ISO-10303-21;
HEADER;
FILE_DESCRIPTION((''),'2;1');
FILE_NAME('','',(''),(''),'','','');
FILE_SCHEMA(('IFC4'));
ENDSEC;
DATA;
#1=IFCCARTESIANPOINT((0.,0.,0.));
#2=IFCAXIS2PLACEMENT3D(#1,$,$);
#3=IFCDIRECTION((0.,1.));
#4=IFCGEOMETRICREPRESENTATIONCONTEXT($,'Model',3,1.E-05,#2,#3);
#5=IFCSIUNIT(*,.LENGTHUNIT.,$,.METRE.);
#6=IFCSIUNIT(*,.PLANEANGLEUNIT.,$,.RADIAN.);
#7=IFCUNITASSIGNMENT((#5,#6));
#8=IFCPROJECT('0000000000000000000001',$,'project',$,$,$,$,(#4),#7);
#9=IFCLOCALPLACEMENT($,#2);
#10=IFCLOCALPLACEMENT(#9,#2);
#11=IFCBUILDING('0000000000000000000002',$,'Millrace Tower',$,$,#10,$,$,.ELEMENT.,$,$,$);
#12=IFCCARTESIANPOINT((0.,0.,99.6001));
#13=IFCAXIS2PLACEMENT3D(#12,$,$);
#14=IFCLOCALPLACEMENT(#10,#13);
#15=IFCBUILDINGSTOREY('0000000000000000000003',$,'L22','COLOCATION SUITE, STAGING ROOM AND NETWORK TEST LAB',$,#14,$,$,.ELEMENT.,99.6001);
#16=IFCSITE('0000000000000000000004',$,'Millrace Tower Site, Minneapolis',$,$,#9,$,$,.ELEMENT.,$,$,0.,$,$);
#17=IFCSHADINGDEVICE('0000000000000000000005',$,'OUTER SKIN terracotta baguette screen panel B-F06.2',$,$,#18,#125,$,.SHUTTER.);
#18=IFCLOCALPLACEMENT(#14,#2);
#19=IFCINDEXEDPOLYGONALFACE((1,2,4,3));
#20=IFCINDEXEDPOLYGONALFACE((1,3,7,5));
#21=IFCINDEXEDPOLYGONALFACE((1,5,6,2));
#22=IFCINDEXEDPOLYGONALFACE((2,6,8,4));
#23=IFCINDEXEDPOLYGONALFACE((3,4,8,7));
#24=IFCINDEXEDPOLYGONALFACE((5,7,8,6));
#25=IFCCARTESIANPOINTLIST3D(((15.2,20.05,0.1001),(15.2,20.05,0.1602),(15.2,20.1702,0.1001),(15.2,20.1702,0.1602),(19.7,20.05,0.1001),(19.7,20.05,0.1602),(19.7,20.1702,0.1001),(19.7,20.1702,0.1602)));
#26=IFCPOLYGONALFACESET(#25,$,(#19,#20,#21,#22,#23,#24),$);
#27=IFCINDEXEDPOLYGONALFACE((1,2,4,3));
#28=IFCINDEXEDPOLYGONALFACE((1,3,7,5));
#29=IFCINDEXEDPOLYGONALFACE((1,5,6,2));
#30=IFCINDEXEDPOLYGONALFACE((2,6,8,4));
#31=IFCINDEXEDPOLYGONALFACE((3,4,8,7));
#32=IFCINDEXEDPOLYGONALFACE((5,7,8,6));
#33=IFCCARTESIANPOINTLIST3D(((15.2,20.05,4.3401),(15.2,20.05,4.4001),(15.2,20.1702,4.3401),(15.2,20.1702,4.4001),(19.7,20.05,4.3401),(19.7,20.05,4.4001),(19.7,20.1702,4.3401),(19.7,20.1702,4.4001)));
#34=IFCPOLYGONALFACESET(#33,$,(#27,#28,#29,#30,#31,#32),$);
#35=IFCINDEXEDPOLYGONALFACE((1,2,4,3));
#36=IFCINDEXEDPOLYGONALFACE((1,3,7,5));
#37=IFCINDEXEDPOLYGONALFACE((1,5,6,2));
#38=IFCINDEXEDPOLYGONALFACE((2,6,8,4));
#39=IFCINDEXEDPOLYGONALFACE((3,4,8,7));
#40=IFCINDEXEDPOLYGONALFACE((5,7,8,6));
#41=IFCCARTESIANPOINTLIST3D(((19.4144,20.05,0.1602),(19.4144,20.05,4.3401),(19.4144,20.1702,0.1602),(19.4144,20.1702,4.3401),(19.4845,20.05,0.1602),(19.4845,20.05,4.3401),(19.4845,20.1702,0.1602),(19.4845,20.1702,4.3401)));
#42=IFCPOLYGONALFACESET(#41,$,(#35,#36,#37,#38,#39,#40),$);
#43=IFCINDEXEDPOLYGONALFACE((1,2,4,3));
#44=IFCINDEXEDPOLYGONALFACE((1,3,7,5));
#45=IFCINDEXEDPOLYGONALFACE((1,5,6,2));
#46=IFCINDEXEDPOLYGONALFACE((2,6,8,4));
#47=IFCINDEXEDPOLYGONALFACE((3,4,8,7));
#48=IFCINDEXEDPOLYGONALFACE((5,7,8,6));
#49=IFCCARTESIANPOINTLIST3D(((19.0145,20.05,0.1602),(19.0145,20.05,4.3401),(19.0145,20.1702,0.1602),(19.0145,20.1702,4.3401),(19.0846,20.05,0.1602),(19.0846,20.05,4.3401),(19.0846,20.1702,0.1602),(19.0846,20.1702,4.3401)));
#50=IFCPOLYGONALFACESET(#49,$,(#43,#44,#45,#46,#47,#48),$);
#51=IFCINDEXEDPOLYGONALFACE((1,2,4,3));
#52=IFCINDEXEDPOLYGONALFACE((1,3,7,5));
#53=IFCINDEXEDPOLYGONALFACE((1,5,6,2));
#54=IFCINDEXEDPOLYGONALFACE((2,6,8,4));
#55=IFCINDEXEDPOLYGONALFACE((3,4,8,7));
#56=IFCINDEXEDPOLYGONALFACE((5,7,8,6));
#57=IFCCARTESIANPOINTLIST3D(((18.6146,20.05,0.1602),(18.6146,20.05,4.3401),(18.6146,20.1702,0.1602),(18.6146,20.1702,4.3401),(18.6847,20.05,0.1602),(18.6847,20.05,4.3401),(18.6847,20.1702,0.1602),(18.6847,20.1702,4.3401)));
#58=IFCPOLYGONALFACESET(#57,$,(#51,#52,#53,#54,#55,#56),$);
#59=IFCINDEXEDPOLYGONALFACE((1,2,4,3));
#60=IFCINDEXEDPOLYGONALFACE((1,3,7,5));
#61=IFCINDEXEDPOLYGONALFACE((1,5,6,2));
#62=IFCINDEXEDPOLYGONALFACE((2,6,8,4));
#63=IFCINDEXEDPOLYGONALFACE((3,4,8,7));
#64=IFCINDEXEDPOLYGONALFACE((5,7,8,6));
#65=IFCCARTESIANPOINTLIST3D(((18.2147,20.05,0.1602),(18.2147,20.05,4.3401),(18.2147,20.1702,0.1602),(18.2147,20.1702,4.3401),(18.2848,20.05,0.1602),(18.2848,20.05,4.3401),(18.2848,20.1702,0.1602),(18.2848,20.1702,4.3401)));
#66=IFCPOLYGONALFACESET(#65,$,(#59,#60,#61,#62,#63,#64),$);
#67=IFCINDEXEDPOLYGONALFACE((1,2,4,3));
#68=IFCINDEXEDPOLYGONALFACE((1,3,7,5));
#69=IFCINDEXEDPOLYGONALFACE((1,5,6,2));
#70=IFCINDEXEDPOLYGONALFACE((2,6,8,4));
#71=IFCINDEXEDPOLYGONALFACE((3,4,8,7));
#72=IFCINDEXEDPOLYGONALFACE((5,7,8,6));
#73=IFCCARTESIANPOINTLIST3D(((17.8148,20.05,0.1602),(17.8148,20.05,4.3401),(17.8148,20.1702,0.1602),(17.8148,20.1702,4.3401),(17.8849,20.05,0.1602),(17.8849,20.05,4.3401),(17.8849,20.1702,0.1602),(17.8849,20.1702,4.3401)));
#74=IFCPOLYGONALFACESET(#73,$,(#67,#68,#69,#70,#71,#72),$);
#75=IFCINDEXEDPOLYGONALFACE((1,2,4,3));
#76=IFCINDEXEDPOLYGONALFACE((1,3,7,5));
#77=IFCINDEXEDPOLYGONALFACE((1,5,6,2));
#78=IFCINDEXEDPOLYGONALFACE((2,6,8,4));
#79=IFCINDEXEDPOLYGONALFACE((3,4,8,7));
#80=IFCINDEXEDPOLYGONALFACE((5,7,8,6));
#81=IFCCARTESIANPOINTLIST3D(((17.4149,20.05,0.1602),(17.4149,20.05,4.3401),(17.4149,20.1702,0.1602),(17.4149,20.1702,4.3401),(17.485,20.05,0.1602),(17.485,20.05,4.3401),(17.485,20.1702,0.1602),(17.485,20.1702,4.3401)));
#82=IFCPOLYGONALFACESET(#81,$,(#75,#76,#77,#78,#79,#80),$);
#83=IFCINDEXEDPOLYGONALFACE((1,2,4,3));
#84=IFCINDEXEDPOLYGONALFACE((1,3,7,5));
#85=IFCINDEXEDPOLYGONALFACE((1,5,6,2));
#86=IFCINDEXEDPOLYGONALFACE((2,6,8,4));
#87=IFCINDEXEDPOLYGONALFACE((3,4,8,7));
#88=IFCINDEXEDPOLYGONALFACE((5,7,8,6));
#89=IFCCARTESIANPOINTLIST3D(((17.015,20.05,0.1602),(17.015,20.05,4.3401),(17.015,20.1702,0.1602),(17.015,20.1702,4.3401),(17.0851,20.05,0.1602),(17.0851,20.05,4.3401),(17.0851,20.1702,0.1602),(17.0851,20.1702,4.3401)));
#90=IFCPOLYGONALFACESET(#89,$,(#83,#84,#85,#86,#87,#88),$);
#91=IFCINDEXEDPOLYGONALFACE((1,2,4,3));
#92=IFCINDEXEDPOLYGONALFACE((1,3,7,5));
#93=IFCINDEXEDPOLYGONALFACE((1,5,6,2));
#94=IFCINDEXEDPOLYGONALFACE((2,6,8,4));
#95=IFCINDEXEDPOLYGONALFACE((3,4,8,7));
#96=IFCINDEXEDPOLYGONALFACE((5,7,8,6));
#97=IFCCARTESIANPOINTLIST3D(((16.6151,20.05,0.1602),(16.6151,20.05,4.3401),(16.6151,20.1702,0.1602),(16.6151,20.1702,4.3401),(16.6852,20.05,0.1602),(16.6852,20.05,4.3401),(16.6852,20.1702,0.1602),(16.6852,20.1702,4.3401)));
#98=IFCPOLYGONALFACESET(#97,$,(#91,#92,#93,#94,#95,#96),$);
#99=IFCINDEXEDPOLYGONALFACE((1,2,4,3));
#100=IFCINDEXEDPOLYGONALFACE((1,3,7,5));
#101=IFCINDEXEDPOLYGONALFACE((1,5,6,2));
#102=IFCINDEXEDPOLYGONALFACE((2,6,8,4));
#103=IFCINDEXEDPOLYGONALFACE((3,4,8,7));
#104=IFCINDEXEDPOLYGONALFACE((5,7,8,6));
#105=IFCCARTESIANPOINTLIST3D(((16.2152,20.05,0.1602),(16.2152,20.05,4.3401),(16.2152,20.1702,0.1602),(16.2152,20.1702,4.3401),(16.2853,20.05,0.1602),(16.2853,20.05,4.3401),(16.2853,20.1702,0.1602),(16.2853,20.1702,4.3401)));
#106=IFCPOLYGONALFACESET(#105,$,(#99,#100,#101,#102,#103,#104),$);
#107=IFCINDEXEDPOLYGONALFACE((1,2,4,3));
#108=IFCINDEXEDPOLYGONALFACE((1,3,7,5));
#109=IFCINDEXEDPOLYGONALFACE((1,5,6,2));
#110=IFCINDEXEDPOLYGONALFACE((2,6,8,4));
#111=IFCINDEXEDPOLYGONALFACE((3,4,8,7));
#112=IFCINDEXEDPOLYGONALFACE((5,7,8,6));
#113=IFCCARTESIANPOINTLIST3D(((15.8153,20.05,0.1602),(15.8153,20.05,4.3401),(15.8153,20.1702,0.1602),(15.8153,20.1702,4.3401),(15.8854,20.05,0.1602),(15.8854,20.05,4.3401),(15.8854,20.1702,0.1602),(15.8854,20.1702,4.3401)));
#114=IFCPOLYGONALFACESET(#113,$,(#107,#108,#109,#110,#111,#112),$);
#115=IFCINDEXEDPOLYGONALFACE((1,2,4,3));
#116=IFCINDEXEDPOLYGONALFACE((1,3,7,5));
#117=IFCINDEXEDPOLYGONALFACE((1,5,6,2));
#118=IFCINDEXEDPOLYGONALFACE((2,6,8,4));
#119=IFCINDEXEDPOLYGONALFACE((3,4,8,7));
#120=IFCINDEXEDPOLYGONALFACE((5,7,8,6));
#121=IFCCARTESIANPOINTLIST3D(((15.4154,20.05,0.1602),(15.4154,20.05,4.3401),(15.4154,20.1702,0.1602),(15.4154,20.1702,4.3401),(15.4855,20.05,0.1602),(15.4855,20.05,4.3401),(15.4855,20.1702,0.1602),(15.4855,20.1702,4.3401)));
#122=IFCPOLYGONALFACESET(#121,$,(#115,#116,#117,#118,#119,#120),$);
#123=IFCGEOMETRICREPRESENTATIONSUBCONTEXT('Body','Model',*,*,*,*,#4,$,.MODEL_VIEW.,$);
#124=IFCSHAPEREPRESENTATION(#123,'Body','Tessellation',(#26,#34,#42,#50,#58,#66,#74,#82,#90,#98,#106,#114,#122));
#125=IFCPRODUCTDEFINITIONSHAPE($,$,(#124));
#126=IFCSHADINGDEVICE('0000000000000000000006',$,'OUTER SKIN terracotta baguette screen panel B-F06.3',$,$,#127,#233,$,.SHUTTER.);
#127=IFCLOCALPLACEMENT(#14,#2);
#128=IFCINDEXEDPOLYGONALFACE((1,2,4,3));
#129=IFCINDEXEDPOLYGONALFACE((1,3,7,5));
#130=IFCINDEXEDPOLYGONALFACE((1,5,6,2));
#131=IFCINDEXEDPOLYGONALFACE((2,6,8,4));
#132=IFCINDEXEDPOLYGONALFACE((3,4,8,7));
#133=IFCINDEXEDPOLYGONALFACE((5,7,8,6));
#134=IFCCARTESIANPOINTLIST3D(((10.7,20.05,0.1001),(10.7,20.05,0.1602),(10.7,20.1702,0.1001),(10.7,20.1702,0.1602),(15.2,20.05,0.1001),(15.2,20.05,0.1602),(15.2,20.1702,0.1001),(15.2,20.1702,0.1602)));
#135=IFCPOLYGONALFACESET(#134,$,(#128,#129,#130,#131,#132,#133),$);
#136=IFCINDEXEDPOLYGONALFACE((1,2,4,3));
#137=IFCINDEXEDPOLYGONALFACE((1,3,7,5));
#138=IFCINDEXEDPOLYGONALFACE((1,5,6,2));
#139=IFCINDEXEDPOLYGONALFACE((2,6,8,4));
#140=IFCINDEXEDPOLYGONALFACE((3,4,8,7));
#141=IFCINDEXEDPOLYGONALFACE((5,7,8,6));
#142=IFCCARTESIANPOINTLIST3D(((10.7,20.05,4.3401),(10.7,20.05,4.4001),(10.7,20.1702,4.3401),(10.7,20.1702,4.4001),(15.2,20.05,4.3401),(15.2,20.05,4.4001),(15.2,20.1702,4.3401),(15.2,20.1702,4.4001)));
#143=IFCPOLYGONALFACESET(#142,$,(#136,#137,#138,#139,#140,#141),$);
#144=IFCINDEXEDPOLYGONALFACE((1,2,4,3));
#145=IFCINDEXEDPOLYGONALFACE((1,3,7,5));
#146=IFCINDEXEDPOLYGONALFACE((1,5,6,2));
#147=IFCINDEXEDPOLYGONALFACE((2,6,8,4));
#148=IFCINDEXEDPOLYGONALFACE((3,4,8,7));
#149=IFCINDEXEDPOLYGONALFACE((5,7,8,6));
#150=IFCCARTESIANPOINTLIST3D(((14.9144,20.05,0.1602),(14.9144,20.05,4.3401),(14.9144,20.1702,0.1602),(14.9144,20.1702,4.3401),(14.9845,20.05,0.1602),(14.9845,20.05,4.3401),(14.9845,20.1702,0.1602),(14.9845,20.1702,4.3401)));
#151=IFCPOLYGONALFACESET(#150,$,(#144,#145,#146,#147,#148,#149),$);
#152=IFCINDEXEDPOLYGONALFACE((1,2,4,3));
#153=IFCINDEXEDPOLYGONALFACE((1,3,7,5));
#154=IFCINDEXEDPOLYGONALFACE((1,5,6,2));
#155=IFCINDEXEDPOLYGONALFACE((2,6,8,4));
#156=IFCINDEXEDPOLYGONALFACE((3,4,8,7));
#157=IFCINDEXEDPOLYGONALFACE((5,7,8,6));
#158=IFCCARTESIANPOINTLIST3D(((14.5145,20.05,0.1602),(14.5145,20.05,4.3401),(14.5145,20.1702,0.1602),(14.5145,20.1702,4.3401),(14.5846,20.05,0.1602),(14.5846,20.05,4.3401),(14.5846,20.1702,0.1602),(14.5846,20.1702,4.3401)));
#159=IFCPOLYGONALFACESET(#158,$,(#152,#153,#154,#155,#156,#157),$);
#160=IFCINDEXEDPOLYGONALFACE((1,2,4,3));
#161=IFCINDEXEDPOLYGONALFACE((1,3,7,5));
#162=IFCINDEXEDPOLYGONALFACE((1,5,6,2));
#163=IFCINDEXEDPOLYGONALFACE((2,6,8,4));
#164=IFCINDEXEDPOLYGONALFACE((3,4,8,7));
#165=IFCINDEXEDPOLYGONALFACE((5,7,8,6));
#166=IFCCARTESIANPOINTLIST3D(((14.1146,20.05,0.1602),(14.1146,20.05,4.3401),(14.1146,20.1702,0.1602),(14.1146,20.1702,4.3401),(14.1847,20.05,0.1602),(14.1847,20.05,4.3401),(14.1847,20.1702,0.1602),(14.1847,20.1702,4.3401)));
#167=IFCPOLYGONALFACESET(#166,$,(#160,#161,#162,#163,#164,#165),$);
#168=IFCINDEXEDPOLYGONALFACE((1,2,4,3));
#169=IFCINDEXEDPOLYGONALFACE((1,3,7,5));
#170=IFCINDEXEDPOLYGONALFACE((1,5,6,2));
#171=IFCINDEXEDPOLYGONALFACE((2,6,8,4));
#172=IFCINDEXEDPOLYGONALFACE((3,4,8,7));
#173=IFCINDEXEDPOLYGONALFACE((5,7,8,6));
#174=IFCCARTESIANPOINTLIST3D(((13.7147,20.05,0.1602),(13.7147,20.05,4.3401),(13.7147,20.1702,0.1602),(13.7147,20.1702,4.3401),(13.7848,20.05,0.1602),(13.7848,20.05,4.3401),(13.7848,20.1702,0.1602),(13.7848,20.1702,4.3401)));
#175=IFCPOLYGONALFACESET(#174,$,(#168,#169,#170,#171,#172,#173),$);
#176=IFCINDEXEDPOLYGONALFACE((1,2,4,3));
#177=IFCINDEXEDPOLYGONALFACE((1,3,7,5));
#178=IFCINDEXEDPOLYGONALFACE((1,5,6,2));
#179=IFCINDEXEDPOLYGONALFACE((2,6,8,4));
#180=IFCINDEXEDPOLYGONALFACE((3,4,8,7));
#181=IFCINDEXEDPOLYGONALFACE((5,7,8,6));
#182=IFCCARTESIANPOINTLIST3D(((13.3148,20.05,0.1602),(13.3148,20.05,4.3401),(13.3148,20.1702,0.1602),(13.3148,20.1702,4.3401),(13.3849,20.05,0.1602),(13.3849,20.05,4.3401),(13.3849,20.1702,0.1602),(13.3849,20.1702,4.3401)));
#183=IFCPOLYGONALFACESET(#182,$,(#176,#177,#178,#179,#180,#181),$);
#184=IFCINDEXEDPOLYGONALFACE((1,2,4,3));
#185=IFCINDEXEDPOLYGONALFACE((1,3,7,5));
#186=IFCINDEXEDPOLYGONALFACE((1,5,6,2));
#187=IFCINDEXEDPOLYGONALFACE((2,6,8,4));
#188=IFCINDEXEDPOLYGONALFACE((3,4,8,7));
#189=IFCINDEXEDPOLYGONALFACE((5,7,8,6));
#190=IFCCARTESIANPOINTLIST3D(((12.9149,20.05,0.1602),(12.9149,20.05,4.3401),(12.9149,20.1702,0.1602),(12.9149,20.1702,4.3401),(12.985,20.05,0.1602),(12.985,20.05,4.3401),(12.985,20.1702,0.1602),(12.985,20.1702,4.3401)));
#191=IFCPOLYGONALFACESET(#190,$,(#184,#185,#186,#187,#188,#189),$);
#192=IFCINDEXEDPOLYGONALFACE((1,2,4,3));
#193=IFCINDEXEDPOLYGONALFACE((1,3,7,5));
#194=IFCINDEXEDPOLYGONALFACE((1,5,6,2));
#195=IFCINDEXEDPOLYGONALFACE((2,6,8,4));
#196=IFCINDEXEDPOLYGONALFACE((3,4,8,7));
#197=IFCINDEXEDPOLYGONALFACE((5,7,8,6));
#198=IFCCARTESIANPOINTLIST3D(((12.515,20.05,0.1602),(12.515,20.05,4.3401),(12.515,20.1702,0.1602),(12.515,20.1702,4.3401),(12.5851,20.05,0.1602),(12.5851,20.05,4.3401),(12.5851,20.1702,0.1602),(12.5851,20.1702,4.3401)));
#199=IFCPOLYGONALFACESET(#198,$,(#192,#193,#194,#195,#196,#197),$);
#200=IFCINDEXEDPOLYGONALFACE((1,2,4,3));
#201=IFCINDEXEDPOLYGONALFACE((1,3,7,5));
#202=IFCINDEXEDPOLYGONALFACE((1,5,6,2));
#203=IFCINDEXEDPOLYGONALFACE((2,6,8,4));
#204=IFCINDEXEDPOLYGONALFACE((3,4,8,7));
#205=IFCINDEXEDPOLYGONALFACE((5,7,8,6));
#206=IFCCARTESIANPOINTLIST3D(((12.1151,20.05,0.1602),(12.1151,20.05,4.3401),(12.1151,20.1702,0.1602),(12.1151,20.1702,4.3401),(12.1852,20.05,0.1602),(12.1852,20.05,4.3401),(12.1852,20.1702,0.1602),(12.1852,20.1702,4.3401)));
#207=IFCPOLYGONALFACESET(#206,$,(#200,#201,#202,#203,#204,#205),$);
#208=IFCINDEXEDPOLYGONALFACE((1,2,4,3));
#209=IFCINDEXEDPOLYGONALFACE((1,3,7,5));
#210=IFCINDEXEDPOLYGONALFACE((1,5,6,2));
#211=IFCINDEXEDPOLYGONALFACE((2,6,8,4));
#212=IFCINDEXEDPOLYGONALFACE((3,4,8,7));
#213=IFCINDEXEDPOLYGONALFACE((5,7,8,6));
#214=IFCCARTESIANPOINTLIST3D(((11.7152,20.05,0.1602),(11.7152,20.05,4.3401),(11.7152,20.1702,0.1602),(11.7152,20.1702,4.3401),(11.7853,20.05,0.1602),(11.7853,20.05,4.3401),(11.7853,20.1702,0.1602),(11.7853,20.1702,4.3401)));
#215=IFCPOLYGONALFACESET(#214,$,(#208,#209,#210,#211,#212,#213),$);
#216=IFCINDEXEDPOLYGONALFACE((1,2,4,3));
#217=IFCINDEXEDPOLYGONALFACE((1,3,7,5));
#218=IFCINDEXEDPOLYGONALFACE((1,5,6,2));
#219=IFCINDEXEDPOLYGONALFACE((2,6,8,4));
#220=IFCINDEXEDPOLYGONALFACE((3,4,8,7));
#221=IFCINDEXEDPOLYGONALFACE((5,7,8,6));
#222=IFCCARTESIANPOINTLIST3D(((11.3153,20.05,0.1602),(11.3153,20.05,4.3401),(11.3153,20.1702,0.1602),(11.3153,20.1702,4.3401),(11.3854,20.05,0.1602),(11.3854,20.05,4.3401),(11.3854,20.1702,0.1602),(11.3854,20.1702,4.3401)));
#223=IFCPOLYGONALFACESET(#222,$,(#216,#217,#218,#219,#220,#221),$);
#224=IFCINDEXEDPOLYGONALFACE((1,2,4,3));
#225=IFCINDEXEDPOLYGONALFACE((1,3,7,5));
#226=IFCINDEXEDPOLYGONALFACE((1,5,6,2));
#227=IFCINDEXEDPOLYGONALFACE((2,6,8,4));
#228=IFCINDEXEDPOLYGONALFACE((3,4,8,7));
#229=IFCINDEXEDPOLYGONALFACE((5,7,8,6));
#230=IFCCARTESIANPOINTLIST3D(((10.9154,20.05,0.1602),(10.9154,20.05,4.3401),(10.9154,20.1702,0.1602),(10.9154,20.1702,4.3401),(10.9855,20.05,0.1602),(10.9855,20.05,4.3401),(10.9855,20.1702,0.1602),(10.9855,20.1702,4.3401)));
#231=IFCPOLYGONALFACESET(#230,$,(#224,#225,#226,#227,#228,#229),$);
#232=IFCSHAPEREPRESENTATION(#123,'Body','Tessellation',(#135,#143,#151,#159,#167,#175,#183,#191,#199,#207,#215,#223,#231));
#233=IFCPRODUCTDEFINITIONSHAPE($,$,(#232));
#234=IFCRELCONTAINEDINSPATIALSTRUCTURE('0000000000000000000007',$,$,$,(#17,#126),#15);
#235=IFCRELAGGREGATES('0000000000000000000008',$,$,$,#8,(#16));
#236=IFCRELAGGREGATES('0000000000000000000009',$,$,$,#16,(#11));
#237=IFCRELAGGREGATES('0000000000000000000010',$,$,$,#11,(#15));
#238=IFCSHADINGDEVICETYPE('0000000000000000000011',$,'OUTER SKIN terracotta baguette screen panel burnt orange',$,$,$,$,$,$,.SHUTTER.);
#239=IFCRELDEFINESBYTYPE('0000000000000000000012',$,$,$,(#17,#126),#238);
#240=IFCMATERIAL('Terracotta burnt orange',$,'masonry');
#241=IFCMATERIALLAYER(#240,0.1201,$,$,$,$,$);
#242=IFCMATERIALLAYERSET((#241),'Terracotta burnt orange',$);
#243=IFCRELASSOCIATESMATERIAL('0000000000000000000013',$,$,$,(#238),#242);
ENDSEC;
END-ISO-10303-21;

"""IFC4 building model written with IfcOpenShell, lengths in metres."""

from ifc_helpers import new_model, entity, si_unit, direction, frame, frame_2d, origin, origin_2d, place, context, subcontext, project, spatial, rectangle, extrude, source, transform, mapped, material, layer, layer_set, type_object, element, save


model = new_model("IFC4")

# Units and contexts
model_context = context("Model", 3, precision=1e-05, world=origin(), true_north=direction((0.0, 1.0)))
body_context = subcontext(model_context, "Body", "Model", "MODEL_VIEW")
ifc_project = project(units=[si_unit("LENGTHUNIT", "METRE"), si_unit("PLANEANGLEUNIT", "RADIAN")], contexts=[model_context])

# Site, building, storey
site_placement = place(None, origin())
site = spatial("IfcSite", under=ifc_project, at=site_placement, Name="Millrace Tower Site, Minneapolis", CompositionType="ELEMENT", RefElevation=0.0)
building_placement = place(site_placement, origin())
building = spatial("IfcBuilding", under=site, at=building_placement, Name="Millrace Tower", CompositionType="ELEMENT")
storey_placement = place(building_placement, frame((0.0, 0.0, 99.6001)))
storey = spatial("IfcBuildingStorey", under=building, at=storey_placement, Name="L22", Description="COLOCATION SUITE, STAGING ROOM AND NETWORK TEST LAB", CompositionType="ELEMENT", Elevation=99.6001)

# Shading devices
ifc_material_1 = material(Name="Terracotta burnt orange", Category="masonry")
ifc_layer_1 = layer(ifc_material_1, 0.1201)
ifc_layer_set_1 = layer_set([ifc_layer_1], Name="Terracotta burnt orange")
shading_device_type = type_object("IfcShadingDeviceType", Name="OUTER SKIN terracotta baguette screen panel burnt orange", PredefinedType="SHUTTER", material=ifc_layer_set_1)
cartesian_point_1 = entity("IfcCartesianPoint", [-2.25, 0.0601])
shared_polyline_1 = entity("IfcPolyline", [cartesian_point_1, entity("IfcCartesianPoint", [2.25, 0.0601]), entity("IfcCartesianPoint", [2.25, -0.0601]), entity("IfcCartesianPoint", [-2.25, -0.0601]), cartesian_point_1])
shared_shape_1 = source(origin(), body_context, "Body", "SweptSolid", [
    entity("IfcExtrudedAreaSolid", entity("IfcArbitraryClosedProfileDef", "AREA", None, shared_polyline_1), entity("IfcAxis2Placement3D", entity("IfcCartesianPoint", [0.0, 0.0, 0.0])), entity("IfcDirection", [0.0, 0.0, 1.0]), 0.0601),
    entity("IfcExtrudedAreaSolid", entity("IfcArbitraryClosedProfileDef", "AREA", None, shared_polyline_1), entity("IfcAxis2Placement3D", entity("IfcCartesianPoint", [0.0, 0.0, 4.24])), entity("IfcDirection", [0.0, 0.0, 1.0]), 0.0601),
    extrude(rectangle(XDim=0.0701, YDim=0.1201, at=frame_2d((-1.9995, 0.0))), frame((0.0, 0.0, 0.0601)), (0.0, 0.0, 1.0), 4.1799),
    extrude(rectangle(XDim=0.0701, YDim=0.1201, at=frame_2d((-1.5996, 0.0))), frame((0.0, 0.0, 0.0601)), (0.0, 0.0, 1.0), 4.1799),
    extrude(rectangle(XDim=0.0701, YDim=0.1201, at=frame_2d((-1.1997, 0.0))), frame((0.0, 0.0, 0.0601)), (0.0, 0.0, 1.0), 4.1799),
    extrude(rectangle(XDim=0.0701, YDim=0.1201, at=frame_2d((-0.7998, 0.0))), frame((0.0, 0.0, 0.0601)), (0.0, 0.0, 1.0), 4.1799),
    extrude(rectangle(XDim=0.0701, YDim=0.1201, at=frame_2d((-0.3999, 0.0))), frame((0.0, 0.0, 0.0601)), (0.0, 0.0, 1.0), 4.1799),
    extrude(rectangle(XDim=0.0701, YDim=0.1201, at=origin_2d()), frame((0.0, 0.0, 0.0601)), (0.0, 0.0, 1.0), 4.1799),
    extrude(rectangle(XDim=0.0701, YDim=0.1201, at=frame_2d((0.3999, 0.0))), frame((0.0, 0.0, 0.0601)), (0.0, 0.0, 1.0), 4.1799),
    extrude(rectangle(XDim=0.0701, YDim=0.1201, at=frame_2d((0.7998, 0.0))), frame((0.0, 0.0, 0.0601)), (0.0, 0.0, 1.0), 4.1799),
    extrude(rectangle(XDim=0.0701, YDim=0.1201, at=frame_2d((1.1997, 0.0))), frame((0.0, 0.0, 0.0601)), (0.0, 0.0, 1.0), 4.1799),
    extrude(rectangle(XDim=0.0701, YDim=0.1201, at=frame_2d((1.5996, 0.0))), frame((0.0, 0.0, 0.0601)), (0.0, 0.0, 1.0), 4.1799),
    extrude(rectangle(XDim=0.0701, YDim=0.1201, at=frame_2d((1.9995, 0.0))), frame((0.0, 0.0, 0.0601)), (0.0, 0.0, 1.0), 4.1799),
])
for number, where, z_axis, x_axis, name in (
    (1, (17.45, 20.1101, 0.1001), (0.0, 0.0, 1.0), (-1.0, 0.0, 0.0), "OUTER SKIN terracotta baguette screen panel B-F06.2"),
    (2, (12.95, 20.1101, 0.1001), (0.0, 0.0, 1.0), (-1.0, 0.0, 0.0), "OUTER SKIN terracotta baguette screen panel B-F06.3"),
):
    element("IfcShadingDevice", number, at=place(storey_placement, frame(where, z_axis=z_axis, x_axis=x_axis)), inside=storey, type_object=shading_device_type, Name=name, PredefinedType="SHUTTER", context=body_context, shape_type="MappedRepresentation", body=[
        mapped(shared_shape_1, transform((0.0, 0.0, 0.0), scale=1.0)),
    ])

save(model, "model.ifc")
